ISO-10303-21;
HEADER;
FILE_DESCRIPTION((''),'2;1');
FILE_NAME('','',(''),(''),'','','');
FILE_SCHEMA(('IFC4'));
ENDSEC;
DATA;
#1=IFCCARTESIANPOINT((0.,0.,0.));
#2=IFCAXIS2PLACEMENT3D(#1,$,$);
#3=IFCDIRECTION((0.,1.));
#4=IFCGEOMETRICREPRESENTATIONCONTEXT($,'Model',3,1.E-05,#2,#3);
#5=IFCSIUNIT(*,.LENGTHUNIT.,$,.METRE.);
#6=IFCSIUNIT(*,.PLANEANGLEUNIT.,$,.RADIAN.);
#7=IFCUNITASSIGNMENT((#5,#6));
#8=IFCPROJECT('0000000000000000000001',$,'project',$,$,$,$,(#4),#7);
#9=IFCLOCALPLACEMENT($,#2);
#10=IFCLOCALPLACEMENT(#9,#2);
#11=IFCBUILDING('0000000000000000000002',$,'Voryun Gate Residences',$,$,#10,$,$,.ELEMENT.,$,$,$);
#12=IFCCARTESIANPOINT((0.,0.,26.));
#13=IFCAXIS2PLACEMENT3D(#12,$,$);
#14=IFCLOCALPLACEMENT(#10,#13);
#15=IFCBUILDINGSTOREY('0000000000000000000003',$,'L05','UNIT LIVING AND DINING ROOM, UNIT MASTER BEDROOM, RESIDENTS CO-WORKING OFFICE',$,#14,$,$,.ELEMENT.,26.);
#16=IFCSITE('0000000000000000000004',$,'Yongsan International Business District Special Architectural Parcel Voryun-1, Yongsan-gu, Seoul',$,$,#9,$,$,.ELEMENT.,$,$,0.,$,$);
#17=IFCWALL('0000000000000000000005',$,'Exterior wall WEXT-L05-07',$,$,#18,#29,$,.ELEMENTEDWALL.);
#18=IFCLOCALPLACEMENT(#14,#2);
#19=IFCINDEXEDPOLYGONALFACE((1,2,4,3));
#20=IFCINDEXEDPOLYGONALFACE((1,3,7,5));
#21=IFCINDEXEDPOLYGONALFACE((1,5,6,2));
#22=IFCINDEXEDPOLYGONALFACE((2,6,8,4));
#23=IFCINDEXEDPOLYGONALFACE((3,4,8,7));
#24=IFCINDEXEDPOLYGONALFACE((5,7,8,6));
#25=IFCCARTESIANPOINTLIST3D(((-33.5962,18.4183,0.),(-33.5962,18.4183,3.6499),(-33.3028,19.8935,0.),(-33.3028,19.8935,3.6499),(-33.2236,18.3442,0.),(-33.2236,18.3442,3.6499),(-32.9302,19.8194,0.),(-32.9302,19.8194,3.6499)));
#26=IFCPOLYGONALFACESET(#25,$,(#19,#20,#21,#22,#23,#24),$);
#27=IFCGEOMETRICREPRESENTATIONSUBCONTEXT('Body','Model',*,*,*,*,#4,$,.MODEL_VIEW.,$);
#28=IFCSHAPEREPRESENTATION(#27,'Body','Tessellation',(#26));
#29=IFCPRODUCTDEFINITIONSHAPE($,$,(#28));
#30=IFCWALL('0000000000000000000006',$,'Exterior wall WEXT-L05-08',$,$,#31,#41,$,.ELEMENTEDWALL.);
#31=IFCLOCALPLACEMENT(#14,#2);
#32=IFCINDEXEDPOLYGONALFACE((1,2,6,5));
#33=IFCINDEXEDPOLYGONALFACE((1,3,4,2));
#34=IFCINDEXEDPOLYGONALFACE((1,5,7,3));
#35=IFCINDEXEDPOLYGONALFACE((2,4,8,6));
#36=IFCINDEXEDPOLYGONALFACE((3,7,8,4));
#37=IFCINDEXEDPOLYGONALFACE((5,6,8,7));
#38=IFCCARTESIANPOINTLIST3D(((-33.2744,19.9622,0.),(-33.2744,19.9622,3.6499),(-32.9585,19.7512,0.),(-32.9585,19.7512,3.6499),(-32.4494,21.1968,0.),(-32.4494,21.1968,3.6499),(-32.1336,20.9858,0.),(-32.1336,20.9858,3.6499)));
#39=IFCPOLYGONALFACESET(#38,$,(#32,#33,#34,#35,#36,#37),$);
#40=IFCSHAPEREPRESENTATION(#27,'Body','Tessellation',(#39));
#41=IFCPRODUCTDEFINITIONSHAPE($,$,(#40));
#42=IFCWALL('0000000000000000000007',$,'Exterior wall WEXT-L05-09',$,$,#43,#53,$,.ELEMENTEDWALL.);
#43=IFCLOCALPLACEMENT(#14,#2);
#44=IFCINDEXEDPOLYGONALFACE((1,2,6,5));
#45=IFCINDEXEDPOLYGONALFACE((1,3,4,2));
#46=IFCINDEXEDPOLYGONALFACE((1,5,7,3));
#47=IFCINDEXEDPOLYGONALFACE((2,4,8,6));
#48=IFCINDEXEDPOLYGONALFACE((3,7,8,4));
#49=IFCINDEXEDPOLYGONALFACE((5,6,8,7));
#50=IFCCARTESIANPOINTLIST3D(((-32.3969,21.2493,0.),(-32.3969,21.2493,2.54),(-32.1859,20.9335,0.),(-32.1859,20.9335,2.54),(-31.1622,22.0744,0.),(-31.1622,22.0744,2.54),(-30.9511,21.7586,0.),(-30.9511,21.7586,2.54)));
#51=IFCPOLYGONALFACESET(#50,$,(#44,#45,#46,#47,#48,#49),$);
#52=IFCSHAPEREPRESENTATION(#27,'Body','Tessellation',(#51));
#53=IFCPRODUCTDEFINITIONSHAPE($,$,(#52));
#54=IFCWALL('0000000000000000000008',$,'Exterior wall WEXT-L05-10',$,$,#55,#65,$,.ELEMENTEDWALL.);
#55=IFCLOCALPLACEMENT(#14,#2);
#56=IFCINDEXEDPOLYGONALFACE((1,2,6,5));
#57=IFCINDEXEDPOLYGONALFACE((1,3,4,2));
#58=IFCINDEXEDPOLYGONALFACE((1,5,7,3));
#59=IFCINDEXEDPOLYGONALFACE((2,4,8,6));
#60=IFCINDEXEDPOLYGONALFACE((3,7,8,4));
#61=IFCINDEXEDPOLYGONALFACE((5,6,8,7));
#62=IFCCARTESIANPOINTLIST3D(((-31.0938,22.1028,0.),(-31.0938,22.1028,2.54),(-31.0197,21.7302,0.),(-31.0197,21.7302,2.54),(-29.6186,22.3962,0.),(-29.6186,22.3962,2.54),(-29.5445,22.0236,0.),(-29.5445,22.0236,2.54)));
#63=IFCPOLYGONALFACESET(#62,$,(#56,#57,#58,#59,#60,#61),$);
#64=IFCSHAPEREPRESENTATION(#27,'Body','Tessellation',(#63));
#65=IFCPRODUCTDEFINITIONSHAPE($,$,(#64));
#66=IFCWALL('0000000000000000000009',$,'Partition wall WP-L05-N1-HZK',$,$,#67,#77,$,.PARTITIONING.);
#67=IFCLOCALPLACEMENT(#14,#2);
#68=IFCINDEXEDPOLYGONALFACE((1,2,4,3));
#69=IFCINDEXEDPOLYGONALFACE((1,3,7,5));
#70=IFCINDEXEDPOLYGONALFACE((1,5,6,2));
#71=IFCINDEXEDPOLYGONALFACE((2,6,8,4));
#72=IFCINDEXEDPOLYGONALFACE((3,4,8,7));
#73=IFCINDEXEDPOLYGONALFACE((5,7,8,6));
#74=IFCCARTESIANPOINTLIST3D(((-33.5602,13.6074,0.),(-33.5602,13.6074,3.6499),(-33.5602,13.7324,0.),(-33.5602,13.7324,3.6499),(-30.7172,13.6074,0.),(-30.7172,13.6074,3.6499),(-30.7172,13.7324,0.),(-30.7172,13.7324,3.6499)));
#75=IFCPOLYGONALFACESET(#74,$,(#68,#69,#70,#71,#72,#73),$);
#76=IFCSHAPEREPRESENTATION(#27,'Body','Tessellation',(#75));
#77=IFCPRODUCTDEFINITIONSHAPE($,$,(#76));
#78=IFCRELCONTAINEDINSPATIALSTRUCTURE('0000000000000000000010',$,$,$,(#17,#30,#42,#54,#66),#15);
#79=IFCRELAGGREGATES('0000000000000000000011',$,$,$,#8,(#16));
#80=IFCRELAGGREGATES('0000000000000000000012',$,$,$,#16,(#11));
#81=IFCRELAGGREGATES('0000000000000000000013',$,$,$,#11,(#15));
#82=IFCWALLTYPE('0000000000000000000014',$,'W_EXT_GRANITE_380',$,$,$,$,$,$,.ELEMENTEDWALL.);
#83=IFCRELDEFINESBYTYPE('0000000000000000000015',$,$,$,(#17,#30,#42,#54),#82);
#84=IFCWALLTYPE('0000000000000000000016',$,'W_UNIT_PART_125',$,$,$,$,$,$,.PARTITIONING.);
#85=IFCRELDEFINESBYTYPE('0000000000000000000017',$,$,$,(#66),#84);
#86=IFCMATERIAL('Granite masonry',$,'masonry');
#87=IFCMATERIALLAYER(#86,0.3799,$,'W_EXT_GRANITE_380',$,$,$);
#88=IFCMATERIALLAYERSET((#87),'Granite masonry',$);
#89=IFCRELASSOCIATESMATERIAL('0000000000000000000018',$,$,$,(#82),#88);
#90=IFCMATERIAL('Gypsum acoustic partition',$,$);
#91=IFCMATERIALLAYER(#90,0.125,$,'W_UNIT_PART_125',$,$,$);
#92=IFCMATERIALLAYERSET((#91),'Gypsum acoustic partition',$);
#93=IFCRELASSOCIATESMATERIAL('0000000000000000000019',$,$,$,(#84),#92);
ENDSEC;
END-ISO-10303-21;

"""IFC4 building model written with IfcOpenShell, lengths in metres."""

from ifc_helpers import new_model, si_unit, direction, frame, frame_2d, origin, place, context, subcontext, project, spatial, rectangle, extrude, material, layer, layer_set, type_object, element, save


model = new_model("IFC4")

# Units and contexts
model_context = context("Model", 3, precision=1e-05, world=origin(), true_north=direction((0.0, 1.0)))
body_context = subcontext(model_context, "Body", "Model", "MODEL_VIEW")
ifc_project = project(units=[si_unit("LENGTHUNIT", "METRE"), si_unit("PLANEANGLEUNIT", "RADIAN")], contexts=[model_context])

# Site, building, storey
site_placement = place(None, origin())
site = spatial("IfcSite", under=ifc_project, at=site_placement, Name="Yongsan International Business District Special Architectural Parcel Voryun-1, Yongsan-gu, Seoul", CompositionType="ELEMENT", RefElevation=0.0)
building_placement = place(site_placement, origin())
building = spatial("IfcBuilding", under=site, at=building_placement, Name="Voryun Gate Residences", CompositionType="ELEMENT")
storey_placement = place(building_placement, frame((0.0, 0.0, 26.0)))
storey = spatial("IfcBuildingStorey", under=building, at=storey_placement, Name="L05", Description="UNIT LIVING AND DINING ROOM, UNIT MASTER BEDROOM, RESIDENTS CO-WORKING OFFICE", CompositionType="ELEMENT", Elevation=26.0)

# Walls
ifc_material_1 = material(Name="Granite masonry", Category="masonry")
ifc_layer_1 = layer(ifc_material_1, 0.3799, Name="W_EXT_GRANITE_380")
ifc_layer_set_1 = layer_set([ifc_layer_1], Name="Granite masonry")
wall_type_1 = type_object("IfcWallType", Name="W_EXT_GRANITE_380", PredefinedType="ELEMENTEDWALL", material=ifc_layer_set_1)
wall_1_placement = place(storey_placement, frame((-33.4099, 18.3813, 0.0), z_axis=(0.0, 0.0, 1.0), x_axis=(0.195086, 0.980786, 0.0)))
element("IfcWall", 1, at=wall_1_placement, inside=storey, type_object=wall_type_1, Name="Exterior wall WEXT-L05-07", PredefinedType="ELEMENTEDWALL", context=body_context, shape_type="SweptSolid", body=[
    extrude(rectangle(XDim=1.5042, YDim=0.3799, at=frame_2d((0.752, 0.0))), origin(), (0.0, 0.0, 1.0), 3.6499),
])
wall_2_placement = place(storey_placement, frame((-33.1165, 19.8567, 0.0), z_axis=(0.0, 0.0, 1.0), x_axis=(0.555573, 0.831468, 0.0)))
element("IfcWall", 2, at=wall_2_placement, inside=storey, type_object=wall_type_1, Name="Exterior wall WEXT-L05-08", PredefinedType="ELEMENTEDWALL", context=body_context, shape_type="SweptSolid", body=[
    extrude(rectangle(XDim=1.4849, YDim=0.3799, at=frame_2d((0.7424, 0.0))), origin(), (0.0, 0.0, 1.0), 3.6499),
])
wall_3_placement = place(storey_placement, frame((-32.2915, 21.0913, 0.0), z_axis=(0.0, 0.0, 1.0), x_axis=(0.831443, 0.55561, 0.0)))
element("IfcWall", 3, at=wall_3_placement, inside=storey, type_object=wall_type_1, Name="Exterior wall WEXT-L05-09", PredefinedType="ELEMENTEDWALL", context=body_context, shape_type="SweptSolid", body=[
    extrude(rectangle(XDim=1.4851, YDim=0.3799, at=frame_2d((0.7427, 0.0))), origin(), (0.0, 0.0, 1.0), 2.54),
])
wall_4_placement = place(storey_placement, frame((-31.0566, 21.9165, 0.0), z_axis=(0.0, 0.0, 1.0), x_axis=(0.980786, 0.195086, 0.0)))
element("IfcWall", 4, at=wall_4_placement, inside=storey, type_object=wall_type_1, Name="Exterior wall WEXT-L05-10", PredefinedType="ELEMENTEDWALL", context=body_context, shape_type="SweptSolid", body=[
    extrude(rectangle(XDim=1.5042, YDim=0.3799, at=frame_2d((0.752, 0.0))), origin(), (0.0, 0.0, 1.0), 2.54),
])
ifc_material_2 = material(Name="Gypsum acoustic partition")
ifc_layer_2 = layer(ifc_material_2, 0.125, Name="W_UNIT_PART_125")
ifc_layer_set_2 = layer_set([ifc_layer_2], Name="Gypsum acoustic partition")
wall_type_2 = type_object("IfcWallType", Name="W_UNIT_PART_125", PredefinedType="PARTITIONING", material=ifc_layer_set_2)
wall_5_placement = place(storey_placement, frame((-33.5601, 13.6699, 0.0), z_axis=(0.0, 0.0, 1.0), x_axis=(1.0, 0.0, 0.0)))
element("IfcWall", 5, at=wall_5_placement, inside=storey, type_object=wall_type_2, Name="Partition wall WP-L05-N1-HZK", PredefinedType="PARTITIONING", context=body_context, shape_type="SweptSolid", body=[
    extrude(rectangle(XDim=2.843, YDim=0.125, at=frame_2d((1.4214, 0.0))), origin(), (0.0, 0.0, 1.0), 3.6499),
])

save(model, "model.ifc")
